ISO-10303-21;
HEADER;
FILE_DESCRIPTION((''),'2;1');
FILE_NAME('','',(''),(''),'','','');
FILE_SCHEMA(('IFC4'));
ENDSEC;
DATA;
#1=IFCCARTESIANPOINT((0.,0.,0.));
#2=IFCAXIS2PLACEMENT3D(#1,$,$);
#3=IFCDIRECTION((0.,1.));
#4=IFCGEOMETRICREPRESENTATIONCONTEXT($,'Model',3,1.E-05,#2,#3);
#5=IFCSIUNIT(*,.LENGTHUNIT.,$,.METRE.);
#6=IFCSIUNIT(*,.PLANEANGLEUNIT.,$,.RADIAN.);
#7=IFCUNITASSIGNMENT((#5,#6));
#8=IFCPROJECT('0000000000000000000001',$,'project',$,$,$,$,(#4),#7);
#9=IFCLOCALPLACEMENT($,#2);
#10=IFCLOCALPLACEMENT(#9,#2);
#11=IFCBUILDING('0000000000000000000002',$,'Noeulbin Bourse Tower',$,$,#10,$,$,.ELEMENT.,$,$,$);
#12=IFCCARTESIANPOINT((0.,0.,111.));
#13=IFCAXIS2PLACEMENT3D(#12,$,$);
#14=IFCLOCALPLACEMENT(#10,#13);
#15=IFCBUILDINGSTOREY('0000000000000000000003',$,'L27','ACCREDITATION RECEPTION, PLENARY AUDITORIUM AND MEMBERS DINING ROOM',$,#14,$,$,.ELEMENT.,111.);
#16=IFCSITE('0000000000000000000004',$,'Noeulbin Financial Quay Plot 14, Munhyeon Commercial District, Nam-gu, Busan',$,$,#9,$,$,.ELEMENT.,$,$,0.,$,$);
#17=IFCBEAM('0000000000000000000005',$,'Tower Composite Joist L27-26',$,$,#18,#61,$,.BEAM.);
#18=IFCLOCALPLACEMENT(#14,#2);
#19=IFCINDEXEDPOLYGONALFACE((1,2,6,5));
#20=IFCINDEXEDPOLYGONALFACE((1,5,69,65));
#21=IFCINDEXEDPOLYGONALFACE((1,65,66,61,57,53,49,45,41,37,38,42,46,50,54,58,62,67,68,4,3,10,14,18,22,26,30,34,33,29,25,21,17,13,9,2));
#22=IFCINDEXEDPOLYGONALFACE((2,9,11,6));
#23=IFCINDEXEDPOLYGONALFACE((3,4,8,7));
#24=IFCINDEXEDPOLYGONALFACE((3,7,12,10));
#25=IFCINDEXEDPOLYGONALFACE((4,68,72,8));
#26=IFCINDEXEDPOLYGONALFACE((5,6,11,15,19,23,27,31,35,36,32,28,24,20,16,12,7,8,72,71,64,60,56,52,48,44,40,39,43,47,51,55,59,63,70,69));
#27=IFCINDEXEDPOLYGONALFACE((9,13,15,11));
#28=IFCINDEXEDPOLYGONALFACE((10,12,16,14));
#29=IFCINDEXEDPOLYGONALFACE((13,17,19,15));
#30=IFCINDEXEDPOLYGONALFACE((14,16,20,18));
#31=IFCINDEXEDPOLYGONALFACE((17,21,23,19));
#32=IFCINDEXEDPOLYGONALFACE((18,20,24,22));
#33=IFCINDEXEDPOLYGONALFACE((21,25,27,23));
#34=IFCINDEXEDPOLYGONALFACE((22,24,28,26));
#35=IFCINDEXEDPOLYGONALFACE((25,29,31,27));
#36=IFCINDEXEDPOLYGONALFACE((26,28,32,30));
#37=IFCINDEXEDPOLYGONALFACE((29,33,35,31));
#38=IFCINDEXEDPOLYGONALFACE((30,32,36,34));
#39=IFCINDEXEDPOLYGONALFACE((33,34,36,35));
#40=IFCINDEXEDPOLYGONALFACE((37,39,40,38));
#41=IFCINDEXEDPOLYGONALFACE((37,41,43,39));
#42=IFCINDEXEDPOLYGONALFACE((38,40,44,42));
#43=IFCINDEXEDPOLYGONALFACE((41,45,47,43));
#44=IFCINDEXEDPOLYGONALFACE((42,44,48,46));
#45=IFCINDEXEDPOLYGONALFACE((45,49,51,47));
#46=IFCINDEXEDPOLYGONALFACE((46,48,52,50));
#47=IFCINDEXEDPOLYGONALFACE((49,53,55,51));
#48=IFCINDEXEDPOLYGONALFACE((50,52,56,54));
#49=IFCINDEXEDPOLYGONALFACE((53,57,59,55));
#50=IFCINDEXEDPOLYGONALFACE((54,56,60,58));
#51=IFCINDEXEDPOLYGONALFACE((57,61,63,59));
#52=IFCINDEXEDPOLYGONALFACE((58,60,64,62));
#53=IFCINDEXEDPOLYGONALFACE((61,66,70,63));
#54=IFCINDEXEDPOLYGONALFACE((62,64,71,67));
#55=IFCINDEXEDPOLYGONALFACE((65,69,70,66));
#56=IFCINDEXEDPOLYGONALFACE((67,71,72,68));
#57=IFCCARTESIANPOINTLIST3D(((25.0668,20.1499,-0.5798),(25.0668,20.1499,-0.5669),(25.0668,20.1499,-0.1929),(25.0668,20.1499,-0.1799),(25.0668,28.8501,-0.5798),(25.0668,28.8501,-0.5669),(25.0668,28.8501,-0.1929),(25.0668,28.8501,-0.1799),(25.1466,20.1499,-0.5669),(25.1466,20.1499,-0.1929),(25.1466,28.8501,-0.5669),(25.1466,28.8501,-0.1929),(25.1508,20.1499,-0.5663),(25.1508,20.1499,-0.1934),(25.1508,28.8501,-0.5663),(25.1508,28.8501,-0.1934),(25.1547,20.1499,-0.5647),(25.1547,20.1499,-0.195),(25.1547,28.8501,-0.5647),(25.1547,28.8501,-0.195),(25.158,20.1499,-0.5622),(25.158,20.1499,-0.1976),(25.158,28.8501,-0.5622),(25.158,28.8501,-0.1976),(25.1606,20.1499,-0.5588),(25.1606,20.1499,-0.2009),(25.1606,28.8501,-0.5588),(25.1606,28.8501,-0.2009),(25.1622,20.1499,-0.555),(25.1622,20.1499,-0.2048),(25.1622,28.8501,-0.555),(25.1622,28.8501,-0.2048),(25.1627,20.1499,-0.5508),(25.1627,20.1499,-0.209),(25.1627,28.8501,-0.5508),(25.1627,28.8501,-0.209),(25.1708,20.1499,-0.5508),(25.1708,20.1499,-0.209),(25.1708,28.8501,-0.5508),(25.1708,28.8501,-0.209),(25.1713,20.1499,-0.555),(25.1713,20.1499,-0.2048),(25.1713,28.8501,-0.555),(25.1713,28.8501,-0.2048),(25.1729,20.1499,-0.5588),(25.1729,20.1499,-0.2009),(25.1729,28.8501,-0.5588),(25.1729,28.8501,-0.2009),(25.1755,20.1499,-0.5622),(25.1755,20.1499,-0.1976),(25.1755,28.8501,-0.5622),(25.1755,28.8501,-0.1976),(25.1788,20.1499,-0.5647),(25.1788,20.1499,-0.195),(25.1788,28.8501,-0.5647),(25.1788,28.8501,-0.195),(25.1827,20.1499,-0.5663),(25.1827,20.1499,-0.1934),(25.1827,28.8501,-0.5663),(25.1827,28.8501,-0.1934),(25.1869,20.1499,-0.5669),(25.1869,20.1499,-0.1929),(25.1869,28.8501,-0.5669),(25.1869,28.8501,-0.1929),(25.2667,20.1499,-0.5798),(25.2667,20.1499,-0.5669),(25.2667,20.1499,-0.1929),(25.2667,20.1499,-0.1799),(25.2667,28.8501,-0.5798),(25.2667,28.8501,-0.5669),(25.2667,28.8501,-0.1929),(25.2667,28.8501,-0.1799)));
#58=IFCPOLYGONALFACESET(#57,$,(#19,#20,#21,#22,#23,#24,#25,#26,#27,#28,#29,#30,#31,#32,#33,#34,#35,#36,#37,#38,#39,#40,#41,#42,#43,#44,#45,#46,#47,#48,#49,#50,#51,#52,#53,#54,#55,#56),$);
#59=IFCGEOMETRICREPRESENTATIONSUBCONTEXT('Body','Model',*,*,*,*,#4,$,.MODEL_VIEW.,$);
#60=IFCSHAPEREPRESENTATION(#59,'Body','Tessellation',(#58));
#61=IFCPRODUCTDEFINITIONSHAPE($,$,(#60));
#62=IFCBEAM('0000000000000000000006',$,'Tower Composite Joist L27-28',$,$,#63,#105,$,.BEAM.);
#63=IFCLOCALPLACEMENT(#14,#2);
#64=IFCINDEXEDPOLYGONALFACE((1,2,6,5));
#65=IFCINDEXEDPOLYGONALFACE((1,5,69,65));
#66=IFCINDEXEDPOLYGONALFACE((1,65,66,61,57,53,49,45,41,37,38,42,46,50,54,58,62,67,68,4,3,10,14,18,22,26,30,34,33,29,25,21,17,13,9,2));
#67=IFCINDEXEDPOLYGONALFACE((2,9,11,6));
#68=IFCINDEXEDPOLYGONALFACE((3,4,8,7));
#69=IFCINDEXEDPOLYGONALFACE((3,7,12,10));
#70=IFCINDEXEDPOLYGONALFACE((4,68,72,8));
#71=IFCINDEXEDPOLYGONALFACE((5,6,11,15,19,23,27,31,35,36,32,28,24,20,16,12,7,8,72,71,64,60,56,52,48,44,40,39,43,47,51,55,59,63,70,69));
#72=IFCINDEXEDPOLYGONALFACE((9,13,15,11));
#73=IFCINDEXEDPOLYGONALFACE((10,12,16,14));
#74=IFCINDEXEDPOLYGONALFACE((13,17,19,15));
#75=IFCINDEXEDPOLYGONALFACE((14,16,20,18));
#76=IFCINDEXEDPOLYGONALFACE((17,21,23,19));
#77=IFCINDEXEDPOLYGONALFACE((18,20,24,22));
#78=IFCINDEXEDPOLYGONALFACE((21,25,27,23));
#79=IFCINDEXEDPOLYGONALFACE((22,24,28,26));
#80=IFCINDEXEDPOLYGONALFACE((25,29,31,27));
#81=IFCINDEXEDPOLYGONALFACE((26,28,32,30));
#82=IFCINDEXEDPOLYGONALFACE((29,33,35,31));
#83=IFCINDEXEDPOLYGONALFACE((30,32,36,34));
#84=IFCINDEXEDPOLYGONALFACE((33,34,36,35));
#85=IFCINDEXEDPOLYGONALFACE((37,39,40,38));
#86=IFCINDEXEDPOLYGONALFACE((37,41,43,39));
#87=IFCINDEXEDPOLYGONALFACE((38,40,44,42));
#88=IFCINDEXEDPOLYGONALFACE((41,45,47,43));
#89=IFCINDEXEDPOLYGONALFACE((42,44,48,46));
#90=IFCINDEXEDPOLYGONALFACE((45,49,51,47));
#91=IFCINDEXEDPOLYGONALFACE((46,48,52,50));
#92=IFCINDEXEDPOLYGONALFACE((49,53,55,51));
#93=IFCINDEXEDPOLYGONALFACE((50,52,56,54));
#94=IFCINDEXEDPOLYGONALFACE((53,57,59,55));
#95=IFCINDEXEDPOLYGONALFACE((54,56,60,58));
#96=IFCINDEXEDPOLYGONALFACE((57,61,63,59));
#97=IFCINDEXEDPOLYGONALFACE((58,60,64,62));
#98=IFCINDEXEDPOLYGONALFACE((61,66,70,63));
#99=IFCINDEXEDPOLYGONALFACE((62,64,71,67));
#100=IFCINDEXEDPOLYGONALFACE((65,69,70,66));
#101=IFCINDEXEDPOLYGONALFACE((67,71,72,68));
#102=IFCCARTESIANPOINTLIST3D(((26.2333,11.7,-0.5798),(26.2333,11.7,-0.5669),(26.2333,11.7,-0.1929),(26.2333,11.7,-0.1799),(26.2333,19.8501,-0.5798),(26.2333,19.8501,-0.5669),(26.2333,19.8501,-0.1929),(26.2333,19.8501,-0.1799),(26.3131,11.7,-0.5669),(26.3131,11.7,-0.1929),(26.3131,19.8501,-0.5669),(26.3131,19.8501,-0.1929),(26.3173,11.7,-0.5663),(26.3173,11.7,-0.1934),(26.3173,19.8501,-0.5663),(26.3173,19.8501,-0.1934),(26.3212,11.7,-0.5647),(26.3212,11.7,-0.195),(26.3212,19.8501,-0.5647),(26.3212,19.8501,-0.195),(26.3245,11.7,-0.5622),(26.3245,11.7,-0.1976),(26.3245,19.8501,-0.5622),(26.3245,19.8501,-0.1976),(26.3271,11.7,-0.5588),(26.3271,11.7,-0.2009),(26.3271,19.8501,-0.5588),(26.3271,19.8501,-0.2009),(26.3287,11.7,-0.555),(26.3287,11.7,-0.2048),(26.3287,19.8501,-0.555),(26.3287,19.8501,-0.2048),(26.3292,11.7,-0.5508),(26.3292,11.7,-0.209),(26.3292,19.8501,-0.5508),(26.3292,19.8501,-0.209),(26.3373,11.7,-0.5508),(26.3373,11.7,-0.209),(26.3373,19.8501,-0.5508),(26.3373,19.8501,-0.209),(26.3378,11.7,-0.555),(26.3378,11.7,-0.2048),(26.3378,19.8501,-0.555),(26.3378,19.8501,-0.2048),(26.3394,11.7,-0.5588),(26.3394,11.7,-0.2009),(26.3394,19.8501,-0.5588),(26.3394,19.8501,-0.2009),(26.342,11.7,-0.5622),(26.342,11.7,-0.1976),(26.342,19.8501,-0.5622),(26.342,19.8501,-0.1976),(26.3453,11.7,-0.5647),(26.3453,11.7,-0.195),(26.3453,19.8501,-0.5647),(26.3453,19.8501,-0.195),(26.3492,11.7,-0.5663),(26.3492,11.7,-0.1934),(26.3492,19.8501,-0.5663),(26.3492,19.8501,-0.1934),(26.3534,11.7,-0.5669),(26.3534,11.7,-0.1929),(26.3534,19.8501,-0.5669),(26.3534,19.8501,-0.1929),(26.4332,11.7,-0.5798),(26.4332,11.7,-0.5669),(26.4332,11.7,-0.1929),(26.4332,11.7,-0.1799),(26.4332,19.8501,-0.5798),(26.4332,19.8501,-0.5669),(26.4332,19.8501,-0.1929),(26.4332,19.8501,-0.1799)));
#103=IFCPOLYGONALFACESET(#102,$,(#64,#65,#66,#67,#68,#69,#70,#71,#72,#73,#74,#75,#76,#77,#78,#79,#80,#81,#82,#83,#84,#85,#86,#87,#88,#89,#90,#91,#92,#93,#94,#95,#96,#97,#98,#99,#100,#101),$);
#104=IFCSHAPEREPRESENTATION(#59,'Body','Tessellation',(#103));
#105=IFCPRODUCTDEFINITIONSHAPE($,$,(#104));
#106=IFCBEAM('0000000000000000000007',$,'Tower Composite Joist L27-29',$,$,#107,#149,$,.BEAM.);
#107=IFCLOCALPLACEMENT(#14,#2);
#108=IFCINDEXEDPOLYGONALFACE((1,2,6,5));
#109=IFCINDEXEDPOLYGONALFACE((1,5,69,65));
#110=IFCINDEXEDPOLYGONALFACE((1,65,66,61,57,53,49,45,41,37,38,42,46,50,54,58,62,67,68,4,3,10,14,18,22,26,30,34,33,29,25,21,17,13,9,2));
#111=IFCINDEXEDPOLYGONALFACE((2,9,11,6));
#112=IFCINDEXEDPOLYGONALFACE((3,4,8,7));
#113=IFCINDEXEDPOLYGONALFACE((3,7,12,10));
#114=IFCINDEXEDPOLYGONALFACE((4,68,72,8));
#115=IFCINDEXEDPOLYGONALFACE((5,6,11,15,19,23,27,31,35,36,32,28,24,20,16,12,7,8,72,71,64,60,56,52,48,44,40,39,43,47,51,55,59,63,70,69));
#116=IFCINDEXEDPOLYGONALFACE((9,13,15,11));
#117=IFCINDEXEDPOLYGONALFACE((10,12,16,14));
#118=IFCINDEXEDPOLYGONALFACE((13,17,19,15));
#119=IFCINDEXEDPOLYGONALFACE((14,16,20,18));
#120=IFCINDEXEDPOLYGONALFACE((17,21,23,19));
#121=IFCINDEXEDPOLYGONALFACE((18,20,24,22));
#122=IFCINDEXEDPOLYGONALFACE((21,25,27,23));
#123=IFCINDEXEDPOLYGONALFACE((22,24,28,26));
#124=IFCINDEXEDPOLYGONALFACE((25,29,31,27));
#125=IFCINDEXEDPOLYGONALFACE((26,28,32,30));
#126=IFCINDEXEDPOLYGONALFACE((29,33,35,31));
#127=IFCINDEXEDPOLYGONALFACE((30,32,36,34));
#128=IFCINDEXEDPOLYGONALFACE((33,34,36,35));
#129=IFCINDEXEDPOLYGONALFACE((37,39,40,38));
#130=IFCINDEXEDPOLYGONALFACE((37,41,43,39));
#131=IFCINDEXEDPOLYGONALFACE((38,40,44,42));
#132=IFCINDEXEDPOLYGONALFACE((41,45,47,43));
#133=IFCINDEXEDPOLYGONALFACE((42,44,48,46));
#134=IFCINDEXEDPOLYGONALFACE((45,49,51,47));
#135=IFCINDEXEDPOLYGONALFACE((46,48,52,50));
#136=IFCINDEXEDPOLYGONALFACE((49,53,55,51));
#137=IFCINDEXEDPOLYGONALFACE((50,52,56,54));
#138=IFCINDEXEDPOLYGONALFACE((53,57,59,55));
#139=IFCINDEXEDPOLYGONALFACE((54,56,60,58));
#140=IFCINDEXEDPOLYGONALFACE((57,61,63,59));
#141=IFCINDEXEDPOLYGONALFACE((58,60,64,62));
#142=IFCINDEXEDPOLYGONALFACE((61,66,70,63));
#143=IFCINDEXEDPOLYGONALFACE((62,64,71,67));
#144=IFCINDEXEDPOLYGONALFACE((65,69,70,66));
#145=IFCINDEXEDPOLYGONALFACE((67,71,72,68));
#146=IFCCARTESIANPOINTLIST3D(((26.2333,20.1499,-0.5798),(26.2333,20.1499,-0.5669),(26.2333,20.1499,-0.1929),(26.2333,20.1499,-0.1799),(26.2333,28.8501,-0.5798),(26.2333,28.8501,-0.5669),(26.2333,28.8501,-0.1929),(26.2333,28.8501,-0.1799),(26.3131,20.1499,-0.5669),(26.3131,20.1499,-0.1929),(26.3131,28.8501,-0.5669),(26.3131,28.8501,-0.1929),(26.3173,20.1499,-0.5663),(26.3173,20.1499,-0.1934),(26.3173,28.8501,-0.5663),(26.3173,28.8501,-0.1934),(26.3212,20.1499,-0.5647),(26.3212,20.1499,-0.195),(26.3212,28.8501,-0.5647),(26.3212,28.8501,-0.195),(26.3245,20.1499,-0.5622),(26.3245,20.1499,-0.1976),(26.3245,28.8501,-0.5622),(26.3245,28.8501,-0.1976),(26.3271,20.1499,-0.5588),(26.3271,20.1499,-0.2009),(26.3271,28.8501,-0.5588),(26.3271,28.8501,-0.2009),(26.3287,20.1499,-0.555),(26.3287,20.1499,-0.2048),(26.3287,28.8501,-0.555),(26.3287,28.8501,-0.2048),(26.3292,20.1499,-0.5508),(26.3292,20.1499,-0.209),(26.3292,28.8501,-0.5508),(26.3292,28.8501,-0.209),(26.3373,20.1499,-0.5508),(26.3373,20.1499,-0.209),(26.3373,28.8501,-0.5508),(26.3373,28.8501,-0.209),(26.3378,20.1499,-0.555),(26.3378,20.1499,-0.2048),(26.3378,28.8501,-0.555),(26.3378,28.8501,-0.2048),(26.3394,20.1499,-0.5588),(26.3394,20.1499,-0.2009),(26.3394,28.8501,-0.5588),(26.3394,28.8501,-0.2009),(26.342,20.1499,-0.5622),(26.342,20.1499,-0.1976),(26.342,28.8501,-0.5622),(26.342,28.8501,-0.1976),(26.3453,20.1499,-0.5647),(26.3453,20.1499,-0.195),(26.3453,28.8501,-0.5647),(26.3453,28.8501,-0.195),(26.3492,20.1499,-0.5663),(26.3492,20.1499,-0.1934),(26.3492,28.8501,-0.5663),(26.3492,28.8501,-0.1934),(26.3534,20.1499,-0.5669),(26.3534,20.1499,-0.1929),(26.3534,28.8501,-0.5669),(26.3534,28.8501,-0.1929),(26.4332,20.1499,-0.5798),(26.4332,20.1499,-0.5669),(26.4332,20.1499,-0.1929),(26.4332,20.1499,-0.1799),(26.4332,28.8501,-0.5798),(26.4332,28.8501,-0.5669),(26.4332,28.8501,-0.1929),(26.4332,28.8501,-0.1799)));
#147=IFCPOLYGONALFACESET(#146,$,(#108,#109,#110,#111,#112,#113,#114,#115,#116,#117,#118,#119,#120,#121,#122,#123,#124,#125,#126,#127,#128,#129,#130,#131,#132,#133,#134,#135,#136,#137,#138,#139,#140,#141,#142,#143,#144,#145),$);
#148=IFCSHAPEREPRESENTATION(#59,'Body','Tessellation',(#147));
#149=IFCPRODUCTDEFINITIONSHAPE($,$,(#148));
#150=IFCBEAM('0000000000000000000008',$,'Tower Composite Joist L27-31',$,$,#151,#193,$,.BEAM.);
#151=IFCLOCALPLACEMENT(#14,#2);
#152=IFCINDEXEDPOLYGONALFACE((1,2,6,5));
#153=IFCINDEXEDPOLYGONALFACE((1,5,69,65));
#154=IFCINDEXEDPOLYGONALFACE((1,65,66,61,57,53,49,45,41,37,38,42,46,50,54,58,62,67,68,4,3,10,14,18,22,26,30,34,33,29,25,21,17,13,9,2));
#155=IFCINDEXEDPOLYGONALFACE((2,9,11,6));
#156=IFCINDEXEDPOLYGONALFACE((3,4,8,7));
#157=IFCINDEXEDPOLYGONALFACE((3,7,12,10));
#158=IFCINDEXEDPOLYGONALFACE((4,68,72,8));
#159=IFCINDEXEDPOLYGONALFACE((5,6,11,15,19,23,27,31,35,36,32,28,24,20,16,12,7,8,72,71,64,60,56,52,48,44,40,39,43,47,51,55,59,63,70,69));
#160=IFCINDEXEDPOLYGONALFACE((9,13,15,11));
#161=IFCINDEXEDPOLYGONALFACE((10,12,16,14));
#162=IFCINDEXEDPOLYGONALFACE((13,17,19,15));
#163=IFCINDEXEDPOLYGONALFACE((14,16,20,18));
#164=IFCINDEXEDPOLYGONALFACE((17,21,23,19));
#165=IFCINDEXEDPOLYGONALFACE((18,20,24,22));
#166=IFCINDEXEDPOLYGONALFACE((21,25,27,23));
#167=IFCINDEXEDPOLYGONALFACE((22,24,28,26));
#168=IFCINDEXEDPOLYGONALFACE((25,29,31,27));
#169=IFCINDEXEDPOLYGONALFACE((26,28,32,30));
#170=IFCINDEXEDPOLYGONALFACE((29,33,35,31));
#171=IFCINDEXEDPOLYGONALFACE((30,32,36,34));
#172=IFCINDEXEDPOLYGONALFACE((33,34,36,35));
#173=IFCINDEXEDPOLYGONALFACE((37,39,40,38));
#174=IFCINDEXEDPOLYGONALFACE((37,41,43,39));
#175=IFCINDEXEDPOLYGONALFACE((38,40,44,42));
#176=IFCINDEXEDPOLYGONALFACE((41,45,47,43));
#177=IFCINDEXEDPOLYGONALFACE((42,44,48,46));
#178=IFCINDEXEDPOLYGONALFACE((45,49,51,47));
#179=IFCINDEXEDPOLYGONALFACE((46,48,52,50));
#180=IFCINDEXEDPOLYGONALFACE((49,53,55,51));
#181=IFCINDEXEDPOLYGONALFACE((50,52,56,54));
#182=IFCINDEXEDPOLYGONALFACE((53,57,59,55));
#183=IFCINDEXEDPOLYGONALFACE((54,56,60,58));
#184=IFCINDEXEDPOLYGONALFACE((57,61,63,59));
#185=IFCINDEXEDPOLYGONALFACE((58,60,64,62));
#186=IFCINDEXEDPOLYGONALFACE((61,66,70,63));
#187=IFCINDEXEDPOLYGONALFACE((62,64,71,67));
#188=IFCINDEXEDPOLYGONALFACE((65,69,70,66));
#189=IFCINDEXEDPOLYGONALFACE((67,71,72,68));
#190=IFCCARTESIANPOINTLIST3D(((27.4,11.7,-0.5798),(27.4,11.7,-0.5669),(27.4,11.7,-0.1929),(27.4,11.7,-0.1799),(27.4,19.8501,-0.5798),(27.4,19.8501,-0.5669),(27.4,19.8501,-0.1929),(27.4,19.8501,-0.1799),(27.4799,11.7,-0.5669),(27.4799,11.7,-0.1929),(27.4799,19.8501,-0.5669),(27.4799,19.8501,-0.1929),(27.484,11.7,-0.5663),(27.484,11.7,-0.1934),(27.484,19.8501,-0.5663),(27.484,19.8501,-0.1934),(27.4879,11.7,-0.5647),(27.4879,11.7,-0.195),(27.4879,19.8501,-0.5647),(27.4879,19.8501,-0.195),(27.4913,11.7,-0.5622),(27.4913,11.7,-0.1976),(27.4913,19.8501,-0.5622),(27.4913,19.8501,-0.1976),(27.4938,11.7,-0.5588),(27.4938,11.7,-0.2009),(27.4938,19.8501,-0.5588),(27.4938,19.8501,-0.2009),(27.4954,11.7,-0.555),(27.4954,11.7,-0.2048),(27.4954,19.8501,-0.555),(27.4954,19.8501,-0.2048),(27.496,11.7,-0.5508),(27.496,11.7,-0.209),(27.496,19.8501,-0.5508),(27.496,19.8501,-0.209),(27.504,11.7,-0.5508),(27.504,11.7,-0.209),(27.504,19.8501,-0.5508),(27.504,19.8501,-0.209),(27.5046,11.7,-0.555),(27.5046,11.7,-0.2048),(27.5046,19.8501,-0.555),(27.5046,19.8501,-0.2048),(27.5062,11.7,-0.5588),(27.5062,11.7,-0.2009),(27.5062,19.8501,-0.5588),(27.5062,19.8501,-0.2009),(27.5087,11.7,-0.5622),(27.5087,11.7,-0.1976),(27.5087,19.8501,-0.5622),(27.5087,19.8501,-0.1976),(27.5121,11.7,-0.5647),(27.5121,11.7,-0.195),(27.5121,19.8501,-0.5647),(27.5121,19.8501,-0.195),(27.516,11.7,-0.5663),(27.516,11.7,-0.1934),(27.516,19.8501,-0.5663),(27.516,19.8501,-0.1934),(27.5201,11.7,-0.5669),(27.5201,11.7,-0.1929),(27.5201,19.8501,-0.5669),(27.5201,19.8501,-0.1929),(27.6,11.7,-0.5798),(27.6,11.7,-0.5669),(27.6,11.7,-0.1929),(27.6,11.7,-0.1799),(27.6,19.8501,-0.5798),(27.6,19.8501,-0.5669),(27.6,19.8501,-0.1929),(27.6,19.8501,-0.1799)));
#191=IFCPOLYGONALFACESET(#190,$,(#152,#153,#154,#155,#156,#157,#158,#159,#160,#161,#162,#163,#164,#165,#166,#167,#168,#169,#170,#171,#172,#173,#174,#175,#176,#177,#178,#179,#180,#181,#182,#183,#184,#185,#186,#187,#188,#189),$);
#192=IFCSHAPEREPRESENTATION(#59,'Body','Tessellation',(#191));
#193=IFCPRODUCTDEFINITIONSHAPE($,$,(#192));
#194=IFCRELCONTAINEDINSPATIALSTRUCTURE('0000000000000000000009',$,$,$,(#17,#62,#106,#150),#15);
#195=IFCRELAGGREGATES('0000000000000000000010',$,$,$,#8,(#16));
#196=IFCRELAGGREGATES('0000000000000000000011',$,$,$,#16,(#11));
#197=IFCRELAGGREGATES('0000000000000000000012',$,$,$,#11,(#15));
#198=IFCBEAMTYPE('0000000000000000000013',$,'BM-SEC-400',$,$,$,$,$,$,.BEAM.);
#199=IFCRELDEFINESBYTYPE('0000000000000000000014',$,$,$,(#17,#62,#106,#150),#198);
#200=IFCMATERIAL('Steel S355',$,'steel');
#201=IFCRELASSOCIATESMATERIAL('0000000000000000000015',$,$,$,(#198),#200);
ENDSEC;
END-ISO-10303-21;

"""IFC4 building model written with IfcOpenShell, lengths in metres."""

from ifc_helpers import new_model, si_unit, direction, frame, origin, origin_2d, place, context, subcontext, project, spatial, i_section, extrude, material, material_profile, profile_set, type_object, element, save


model = new_model("IFC4")

# Units and contexts
model_context = context("Model", 3, precision=1e-05, world=origin(), true_north=direction((0.0, 1.0)))
body_context = subcontext(model_context, "Body", "Model", "MODEL_VIEW")
ifc_project = project(units=[si_unit("LENGTHUNIT", "METRE"), si_unit("PLANEANGLEUNIT", "RADIAN")], contexts=[model_context])

# Site, building, storey
site_placement = place(None, origin())
site = spatial("IfcSite", under=ifc_project, at=site_placement, Name="Noeulbin Financial Quay Plot 14, Munhyeon Commercial District, Nam-gu, Busan", CompositionType="ELEMENT", RefElevation=0.0)
building_placement = place(site_placement, origin())
building = spatial("IfcBuilding", under=site, at=building_placement, Name="Noeulbin Bourse Tower", CompositionType="ELEMENT")
storey_placement = place(building_placement, frame((0.0, 0.0, 111.0)))
storey = spatial("IfcBuildingStorey", under=building, at=storey_placement, Name="L27", Description="ACCREDITATION RECEPTION, PLENARY AUDITORIUM AND MEMBERS DINING ROOM", CompositionType="ELEMENT", Elevation=111.0)

# Beams
ifc_material_1 = material(Name="Steel S355", Category="steel")
ifc_material_profile_1 = material_profile(ifc_material_1, i_section(OverallWidth=0.2, OverallDepth=0.3999, WebThickness=0.0081, FlangeThickness=0.0129, FilletRadius=0.0161, at=origin_2d()), Name="H-400x200x8x13", Category="LoadBearing")
ifc_profile_set_1 = profile_set([ifc_material_profile_1], Name="Steel S355")
beam_type_1 = type_object("IfcBeamType", Name="BM-SEC-400", PredefinedType="BEAM", material=ifc_profile_set_1)
beam_1_placement = place(storey_placement, frame((25.1667, 20.1499, -0.3799), z_axis=(0.0, 1.0, 0.0), x_axis=(-1.0, 0.0, 0.0)))
element("IfcBeam", 1, at=beam_1_placement, inside=storey, type_object=beam_type_1, Name="Tower Composite Joist L27-26", PredefinedType="BEAM", context=body_context, shape_type="SweptSolid", body=[
    extrude(i_section(OverallWidth=0.2, OverallDepth=0.3999, WebThickness=0.0081, FlangeThickness=0.0129, FilletRadius=0.0161, at=origin_2d()), origin(), (0.0, 0.0, 1.0), 8.7002),
])
beam_2_placement = place(storey_placement, frame((26.3333, 11.7, -0.3799), z_axis=(0.0, 1.0, 0.0), x_axis=(-1.0, 0.0, 0.0)))
element("IfcBeam", 2, at=beam_2_placement, inside=storey, type_object=beam_type_1, Name="Tower Composite Joist L27-28", PredefinedType="BEAM", context=body_context, shape_type="SweptSolid", body=[
    extrude(i_section(OverallWidth=0.2, OverallDepth=0.3999, WebThickness=0.0081, FlangeThickness=0.0129, FilletRadius=0.0161, at=origin_2d()), origin(), (0.0, 0.0, 1.0), 8.1501),
])
beam_3_placement = place(storey_placement, frame((26.3333, 20.1499, -0.3799), z_axis=(0.0, 1.0, 0.0), x_axis=(-1.0, 0.0, 0.0)))
element("IfcBeam", 3, at=beam_3_placement, inside=storey, type_object=beam_type_1, Name="Tower Composite Joist L27-29", PredefinedType="BEAM", context=body_context, shape_type="SweptSolid", body=[
    extrude(i_section(OverallWidth=0.2, OverallDepth=0.3999, WebThickness=0.0081, FlangeThickness=0.0129, FilletRadius=0.0161, at=origin_2d()), origin(), (0.0, 0.0, 1.0), 8.7002),
])
beam_4_placement = place(storey_placement, frame((27.5, 11.7, -0.3799), z_axis=(0.0, 1.0, 0.0), x_axis=(-1.0, 0.0, 0.0)))
element("IfcBeam", 4, at=beam_4_placement, inside=storey, type_object=beam_type_1, Name="Tower Composite Joist L27-31", PredefinedType="BEAM", context=body_context, shape_type="SweptSolid", body=[
    extrude(i_section(OverallWidth=0.2, OverallDepth=0.3999, WebThickness=0.0081, FlangeThickness=0.0129, FilletRadius=0.0161, at=origin_2d()), origin(), (0.0, 0.0, 1.0), 8.1501),
])

save(model, "model.ifc")
